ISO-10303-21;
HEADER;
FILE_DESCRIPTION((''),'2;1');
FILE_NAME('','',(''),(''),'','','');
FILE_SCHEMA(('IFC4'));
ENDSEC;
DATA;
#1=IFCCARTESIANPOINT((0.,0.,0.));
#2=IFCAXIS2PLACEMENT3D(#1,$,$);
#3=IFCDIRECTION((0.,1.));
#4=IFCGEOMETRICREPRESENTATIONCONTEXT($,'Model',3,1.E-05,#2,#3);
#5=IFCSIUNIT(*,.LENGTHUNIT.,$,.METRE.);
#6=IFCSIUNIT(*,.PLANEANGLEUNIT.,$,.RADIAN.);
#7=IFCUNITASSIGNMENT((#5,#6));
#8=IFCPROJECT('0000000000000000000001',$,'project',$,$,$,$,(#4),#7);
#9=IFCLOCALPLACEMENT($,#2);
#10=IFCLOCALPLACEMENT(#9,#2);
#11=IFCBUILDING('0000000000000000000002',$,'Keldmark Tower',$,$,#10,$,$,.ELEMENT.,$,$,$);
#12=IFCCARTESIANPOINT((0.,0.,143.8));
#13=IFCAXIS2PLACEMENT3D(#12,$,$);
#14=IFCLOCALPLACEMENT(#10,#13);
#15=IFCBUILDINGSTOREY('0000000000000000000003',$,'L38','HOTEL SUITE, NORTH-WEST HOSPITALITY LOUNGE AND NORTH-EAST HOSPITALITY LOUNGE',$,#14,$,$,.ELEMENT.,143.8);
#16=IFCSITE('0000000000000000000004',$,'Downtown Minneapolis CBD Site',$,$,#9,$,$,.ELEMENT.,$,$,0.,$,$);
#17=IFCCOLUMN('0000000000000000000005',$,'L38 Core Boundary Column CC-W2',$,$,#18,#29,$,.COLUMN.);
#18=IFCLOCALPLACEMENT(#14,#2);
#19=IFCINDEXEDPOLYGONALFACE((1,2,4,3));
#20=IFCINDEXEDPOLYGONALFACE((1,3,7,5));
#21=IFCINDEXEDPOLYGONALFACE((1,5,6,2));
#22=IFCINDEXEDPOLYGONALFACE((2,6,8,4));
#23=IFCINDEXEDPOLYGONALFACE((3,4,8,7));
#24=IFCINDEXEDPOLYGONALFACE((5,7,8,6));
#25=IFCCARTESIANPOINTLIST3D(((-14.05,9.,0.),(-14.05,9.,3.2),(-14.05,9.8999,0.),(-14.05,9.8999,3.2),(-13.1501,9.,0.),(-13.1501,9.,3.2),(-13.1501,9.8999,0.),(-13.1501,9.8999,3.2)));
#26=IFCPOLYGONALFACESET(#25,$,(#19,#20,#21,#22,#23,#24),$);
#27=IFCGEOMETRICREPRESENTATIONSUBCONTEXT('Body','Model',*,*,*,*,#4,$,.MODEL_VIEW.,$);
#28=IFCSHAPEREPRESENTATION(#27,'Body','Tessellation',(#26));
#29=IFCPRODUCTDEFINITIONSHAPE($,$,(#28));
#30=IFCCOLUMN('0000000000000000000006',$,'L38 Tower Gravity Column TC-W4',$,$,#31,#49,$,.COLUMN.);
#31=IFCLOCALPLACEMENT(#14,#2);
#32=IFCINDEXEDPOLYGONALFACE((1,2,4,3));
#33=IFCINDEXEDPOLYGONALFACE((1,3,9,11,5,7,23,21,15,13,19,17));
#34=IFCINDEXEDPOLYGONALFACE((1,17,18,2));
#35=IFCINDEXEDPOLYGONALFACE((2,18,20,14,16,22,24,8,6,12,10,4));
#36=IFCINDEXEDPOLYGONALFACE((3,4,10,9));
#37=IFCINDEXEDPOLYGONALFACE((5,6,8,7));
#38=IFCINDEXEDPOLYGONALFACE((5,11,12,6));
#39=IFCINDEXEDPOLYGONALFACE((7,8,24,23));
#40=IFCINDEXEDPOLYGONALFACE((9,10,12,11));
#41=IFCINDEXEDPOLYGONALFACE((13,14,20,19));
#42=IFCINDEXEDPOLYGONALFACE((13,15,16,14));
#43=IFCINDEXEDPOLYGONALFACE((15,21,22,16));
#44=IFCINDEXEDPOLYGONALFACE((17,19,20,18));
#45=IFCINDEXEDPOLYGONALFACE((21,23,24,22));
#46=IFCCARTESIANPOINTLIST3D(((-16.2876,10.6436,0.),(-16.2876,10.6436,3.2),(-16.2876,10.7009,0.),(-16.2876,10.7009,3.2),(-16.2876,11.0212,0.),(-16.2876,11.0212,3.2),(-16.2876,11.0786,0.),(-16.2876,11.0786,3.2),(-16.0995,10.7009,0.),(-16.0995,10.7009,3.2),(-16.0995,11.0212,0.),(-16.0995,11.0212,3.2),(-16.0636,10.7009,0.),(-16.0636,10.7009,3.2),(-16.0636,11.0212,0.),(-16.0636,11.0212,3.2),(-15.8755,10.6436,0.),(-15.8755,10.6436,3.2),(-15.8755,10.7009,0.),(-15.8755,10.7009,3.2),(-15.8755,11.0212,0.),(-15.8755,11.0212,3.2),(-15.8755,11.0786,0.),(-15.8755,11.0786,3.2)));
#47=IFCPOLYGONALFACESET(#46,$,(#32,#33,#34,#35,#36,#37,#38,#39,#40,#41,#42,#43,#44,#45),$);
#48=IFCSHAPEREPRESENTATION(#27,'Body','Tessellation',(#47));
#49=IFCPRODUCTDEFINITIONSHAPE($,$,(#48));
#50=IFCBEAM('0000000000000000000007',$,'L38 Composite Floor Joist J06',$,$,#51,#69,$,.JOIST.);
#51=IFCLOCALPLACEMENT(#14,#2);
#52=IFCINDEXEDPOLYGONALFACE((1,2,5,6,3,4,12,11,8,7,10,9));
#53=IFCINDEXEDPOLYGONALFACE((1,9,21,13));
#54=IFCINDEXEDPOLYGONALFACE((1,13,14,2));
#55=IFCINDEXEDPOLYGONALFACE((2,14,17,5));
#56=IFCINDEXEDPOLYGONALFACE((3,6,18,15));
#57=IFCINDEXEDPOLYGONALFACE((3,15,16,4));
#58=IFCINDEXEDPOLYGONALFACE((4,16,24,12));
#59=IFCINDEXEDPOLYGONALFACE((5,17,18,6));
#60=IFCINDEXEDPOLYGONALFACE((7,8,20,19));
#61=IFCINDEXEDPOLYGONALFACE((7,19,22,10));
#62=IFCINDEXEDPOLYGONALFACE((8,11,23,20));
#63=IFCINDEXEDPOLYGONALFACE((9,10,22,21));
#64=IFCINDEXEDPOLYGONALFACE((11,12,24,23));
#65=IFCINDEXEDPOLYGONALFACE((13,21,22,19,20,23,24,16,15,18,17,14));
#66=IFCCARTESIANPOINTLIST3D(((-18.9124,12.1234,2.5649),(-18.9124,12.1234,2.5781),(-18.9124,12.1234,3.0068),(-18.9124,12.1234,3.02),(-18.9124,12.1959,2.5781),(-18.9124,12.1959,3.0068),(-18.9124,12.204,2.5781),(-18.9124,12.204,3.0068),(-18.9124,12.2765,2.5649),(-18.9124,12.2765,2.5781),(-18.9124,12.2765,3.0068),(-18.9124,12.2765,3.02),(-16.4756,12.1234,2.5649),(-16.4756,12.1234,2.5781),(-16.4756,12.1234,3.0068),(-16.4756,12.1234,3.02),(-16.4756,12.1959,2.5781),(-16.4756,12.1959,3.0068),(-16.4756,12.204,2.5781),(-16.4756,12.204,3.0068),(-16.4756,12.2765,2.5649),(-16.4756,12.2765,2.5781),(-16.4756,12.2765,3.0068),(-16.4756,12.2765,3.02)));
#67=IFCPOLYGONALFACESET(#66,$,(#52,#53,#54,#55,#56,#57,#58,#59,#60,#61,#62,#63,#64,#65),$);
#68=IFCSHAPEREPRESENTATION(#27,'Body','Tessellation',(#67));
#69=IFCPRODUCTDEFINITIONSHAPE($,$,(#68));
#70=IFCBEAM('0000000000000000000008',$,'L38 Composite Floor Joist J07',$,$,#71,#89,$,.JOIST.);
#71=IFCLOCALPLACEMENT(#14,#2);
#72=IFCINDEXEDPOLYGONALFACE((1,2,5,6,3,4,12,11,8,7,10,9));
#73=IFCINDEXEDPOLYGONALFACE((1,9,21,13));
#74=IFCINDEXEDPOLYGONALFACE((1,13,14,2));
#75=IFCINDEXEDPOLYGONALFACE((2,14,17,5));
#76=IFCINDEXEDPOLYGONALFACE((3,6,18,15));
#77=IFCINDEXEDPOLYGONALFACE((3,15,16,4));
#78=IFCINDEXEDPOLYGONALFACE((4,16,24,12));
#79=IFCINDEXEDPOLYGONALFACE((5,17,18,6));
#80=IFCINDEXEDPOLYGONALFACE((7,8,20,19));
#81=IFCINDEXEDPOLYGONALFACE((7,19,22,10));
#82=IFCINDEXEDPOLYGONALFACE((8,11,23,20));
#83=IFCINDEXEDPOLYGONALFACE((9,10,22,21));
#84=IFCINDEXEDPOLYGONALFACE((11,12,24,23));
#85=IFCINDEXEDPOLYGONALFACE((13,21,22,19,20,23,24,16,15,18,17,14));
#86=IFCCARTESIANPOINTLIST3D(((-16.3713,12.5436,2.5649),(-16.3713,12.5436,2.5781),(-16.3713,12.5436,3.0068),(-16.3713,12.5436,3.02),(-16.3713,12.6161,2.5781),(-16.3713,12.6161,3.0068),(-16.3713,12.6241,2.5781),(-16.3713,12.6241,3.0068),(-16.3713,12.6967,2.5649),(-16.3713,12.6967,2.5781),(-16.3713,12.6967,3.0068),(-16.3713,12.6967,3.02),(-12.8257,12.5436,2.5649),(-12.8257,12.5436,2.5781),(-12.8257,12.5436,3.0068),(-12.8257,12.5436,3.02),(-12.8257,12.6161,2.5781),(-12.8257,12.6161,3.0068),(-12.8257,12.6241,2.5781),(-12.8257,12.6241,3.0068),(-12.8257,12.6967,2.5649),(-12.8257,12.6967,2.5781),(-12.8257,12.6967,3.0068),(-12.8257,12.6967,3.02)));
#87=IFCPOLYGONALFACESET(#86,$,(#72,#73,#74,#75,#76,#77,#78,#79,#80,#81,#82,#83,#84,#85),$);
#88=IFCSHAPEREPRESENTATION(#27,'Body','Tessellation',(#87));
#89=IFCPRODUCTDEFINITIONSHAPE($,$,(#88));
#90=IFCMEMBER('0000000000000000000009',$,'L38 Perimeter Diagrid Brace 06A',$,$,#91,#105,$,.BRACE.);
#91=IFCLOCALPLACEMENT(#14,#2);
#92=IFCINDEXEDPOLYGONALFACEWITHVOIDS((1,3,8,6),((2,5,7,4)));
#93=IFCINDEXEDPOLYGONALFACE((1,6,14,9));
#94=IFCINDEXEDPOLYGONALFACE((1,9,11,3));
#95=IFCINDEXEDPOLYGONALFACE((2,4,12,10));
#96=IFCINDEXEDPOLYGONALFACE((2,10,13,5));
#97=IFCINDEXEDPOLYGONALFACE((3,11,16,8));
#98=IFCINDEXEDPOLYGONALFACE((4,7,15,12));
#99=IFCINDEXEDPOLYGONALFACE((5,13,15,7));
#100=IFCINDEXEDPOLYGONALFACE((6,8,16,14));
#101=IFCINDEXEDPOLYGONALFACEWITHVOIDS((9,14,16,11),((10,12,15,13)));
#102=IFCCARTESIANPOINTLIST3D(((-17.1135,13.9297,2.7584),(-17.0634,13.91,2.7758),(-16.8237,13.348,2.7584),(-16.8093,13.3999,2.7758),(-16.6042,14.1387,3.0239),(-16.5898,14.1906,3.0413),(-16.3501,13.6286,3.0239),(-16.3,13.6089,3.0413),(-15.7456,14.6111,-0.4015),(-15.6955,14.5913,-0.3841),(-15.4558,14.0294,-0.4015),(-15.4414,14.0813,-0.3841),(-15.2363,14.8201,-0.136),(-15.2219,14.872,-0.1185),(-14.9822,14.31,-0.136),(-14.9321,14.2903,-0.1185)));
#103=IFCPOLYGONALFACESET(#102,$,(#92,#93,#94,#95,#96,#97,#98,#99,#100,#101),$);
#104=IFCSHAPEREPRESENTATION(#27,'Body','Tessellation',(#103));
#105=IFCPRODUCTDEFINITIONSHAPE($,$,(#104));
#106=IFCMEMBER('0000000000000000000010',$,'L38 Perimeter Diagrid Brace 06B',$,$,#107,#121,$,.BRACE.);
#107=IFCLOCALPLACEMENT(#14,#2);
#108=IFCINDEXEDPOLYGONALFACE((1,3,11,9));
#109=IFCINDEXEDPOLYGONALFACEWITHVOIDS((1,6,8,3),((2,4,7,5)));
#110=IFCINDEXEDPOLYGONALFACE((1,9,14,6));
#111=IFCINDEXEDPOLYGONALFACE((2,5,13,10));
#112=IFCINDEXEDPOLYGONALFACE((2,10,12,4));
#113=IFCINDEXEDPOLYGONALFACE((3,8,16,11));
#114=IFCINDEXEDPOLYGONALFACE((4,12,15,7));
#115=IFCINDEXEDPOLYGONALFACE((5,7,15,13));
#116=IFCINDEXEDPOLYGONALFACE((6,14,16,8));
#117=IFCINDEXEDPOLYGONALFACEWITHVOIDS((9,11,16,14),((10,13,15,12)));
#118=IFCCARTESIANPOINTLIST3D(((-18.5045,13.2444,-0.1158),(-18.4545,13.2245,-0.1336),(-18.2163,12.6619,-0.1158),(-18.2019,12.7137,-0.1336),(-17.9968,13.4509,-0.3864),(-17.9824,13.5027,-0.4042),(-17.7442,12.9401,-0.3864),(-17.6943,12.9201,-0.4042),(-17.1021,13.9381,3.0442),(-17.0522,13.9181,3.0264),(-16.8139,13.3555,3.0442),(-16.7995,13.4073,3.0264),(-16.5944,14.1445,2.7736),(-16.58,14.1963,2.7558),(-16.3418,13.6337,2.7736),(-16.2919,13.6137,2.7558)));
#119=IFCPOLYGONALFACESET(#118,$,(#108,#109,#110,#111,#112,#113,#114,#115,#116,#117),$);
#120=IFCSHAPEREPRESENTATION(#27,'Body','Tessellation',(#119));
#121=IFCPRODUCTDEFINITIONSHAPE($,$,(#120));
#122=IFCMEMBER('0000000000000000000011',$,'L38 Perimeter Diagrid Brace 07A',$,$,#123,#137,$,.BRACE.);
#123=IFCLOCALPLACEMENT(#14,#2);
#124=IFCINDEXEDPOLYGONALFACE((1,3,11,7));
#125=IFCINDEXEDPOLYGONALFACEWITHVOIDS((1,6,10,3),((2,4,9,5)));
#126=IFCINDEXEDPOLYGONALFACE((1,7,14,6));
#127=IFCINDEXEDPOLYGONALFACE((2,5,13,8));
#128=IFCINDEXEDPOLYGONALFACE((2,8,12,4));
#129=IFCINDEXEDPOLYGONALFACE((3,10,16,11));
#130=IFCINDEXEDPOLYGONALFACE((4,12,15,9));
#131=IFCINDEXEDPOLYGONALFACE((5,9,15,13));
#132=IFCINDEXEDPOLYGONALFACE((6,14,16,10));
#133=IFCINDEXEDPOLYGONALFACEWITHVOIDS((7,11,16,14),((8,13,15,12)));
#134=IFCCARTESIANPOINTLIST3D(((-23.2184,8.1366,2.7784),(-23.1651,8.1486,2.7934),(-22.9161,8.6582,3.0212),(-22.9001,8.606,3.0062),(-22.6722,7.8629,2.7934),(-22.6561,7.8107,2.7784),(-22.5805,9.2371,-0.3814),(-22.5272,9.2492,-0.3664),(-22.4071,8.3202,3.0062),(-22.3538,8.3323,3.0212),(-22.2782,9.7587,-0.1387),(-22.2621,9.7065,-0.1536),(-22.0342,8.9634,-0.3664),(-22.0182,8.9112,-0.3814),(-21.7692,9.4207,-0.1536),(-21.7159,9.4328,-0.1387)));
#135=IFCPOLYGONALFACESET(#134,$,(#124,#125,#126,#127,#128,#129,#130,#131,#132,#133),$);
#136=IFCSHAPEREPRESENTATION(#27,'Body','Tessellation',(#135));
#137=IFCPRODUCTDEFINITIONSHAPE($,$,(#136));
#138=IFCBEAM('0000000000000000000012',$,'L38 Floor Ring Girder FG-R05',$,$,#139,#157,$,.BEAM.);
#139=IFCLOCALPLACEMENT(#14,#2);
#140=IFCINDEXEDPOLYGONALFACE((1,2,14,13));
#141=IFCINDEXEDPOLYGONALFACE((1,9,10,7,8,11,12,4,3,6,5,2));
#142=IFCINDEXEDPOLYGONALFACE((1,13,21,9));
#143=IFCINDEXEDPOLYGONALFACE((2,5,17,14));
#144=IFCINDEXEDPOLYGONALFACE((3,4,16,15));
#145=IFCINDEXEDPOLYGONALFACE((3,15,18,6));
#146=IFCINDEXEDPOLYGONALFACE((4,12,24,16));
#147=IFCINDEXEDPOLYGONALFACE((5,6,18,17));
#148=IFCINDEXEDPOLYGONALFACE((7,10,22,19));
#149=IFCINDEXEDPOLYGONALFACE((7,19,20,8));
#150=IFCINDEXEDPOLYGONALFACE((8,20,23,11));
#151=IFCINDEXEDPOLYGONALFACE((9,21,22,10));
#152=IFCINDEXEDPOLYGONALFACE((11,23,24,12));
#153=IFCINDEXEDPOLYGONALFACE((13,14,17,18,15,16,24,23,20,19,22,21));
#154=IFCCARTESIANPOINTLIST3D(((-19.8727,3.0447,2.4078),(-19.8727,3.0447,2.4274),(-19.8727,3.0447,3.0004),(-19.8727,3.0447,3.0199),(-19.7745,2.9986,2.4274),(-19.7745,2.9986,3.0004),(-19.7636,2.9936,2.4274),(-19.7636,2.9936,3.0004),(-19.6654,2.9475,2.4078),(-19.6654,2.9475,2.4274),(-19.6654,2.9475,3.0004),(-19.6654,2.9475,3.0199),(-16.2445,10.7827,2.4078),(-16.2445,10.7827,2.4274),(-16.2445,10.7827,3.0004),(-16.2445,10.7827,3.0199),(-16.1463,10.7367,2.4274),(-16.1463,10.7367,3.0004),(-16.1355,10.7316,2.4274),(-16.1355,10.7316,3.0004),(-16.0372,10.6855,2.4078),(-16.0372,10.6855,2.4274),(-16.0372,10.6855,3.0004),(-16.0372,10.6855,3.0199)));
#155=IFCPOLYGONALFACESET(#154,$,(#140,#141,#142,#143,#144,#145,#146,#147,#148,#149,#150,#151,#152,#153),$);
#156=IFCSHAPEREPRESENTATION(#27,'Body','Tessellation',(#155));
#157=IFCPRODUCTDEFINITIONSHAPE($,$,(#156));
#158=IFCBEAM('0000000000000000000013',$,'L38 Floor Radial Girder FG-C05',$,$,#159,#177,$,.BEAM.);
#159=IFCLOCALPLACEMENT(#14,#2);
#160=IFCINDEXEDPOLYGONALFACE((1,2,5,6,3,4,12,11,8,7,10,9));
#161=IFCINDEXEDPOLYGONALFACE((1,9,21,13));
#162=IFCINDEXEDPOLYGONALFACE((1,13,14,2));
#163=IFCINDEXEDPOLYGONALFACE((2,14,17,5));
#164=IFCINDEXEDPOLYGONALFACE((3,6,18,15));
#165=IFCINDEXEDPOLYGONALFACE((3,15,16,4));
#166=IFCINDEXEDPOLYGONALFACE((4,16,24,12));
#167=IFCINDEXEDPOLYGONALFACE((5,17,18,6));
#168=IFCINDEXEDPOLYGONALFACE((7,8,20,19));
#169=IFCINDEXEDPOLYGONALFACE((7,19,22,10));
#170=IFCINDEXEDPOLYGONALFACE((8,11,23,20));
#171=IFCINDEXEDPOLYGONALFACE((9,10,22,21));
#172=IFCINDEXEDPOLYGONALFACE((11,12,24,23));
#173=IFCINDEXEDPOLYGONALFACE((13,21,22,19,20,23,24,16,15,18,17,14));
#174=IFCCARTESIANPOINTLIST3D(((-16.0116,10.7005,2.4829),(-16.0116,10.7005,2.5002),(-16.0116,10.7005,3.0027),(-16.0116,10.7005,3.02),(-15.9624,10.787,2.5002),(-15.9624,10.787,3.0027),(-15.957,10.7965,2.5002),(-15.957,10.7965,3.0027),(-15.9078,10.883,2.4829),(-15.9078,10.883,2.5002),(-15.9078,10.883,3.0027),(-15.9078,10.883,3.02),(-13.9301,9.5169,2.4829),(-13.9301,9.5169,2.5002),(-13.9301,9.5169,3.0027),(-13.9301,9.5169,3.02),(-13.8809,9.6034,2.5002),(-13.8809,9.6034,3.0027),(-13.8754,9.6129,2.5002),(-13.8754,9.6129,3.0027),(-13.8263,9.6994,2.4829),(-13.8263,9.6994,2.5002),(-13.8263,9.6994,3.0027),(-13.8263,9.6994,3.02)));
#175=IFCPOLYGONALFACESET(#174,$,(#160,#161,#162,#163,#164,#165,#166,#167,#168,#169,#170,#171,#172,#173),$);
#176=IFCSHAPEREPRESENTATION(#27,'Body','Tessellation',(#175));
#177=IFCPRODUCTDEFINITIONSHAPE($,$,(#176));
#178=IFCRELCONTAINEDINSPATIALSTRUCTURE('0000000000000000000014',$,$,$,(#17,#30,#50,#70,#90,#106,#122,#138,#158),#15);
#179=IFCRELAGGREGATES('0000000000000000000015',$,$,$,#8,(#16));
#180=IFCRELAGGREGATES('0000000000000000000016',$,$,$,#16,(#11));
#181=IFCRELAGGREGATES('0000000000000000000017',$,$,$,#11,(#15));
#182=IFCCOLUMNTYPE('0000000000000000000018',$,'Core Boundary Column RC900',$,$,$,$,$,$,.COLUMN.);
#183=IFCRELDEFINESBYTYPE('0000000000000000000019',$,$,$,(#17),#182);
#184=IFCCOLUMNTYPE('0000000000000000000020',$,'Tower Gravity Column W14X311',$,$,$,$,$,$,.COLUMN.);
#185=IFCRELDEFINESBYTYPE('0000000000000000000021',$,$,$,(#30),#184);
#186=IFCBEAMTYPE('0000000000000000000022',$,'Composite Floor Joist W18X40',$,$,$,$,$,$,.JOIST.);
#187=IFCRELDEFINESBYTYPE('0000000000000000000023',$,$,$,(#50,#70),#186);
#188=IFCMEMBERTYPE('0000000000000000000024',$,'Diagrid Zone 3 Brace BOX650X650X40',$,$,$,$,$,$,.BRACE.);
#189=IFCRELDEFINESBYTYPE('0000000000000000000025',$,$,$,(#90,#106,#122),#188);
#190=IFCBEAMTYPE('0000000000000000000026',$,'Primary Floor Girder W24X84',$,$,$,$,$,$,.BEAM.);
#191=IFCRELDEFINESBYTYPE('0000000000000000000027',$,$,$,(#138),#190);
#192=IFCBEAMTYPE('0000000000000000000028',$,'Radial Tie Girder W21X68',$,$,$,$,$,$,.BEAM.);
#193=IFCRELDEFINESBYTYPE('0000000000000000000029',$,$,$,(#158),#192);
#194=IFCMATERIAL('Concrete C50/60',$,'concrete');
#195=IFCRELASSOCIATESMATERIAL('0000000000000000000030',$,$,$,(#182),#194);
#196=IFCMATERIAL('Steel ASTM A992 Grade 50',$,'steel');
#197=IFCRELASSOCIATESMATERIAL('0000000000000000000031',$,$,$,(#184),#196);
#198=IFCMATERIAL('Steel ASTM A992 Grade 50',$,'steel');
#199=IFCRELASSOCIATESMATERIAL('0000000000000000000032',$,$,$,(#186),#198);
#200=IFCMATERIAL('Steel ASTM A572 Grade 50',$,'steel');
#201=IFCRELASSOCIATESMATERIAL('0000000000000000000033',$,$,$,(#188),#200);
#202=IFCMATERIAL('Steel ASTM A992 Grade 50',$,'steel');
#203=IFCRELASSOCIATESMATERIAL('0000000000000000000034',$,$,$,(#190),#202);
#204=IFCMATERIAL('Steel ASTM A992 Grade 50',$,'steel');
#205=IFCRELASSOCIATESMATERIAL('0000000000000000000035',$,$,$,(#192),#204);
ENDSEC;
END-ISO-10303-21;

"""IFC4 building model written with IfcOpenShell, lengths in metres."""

from ifc_helpers import new_model, si_unit, direction, frame, origin, origin_2d, place, context, subcontext, project, spatial, rectangle, hollow_rectangle, i_section, extrude, material, material_profile, profile_set, type_object, element, save


model = new_model("IFC4")

# Units and contexts
model_context = context("Model", 3, precision=1e-05, world=origin(), true_north=direction((0.0, 1.0)))
body_context = subcontext(model_context, "Body", "Model", "MODEL_VIEW")
ifc_project = project(units=[si_unit("LENGTHUNIT", "METRE"), si_unit("PLANEANGLEUNIT", "RADIAN")], contexts=[model_context])

# Site, building, storey
site_placement = place(None, origin())
site = spatial("IfcSite", under=ifc_project, at=site_placement, Name="Downtown Minneapolis CBD Site", CompositionType="ELEMENT", RefElevation=0.0)
building_placement = place(site_placement, origin())
building = spatial("IfcBuilding", under=site, at=building_placement, Name="Keldmark Tower", CompositionType="ELEMENT")
storey_placement = place(building_placement, frame((0.0, 0.0, 143.8)))
storey = spatial("IfcBuildingStorey", under=building, at=storey_placement, Name="L38", Description="HOTEL SUITE, NORTH-WEST HOSPITALITY LOUNGE AND NORTH-EAST HOSPITALITY LOUNGE", CompositionType="ELEMENT", Elevation=143.8)

# Columns
ifc_material_1 = material(Name="Concrete C50/60", Category="concrete")
ifc_material_profile_1 = material_profile(ifc_material_1, rectangle(XDim=0.8999, YDim=0.8999, at=origin_2d()), Name="RC900X900")
ifc_profile_set_1 = profile_set([ifc_material_profile_1], Name="Concrete C50/60")
column_type_1 = type_object("IfcColumnType", Name="Core Boundary Column RC900", PredefinedType="COLUMN", material=ifc_profile_set_1)
column_1_placement = place(storey_placement, frame((-13.6001, 9.45, 0.0), z_axis=(0.0, 0.0, 1.0), x_axis=(1.0, 0.0, 0.0)))
element("IfcColumn", 1, at=column_1_placement, inside=storey, type_object=column_type_1, Name="L38 Core Boundary Column CC-W2", PredefinedType="COLUMN", context=body_context, shape_type="SweptSolid", body=[
    extrude(rectangle(XDim=0.8999, YDim=0.8999, at=origin_2d()), origin(), (0.0, 0.0, 1.0), 3.2),
])
ifc_material_2 = material(Name="Steel ASTM A992 Grade 50", Category="steel")
ifc_material_profile_2 = material_profile(ifc_material_2, i_section(OverallWidth=0.4121, OverallDepth=0.4351, WebThickness=0.0359, FlangeThickness=0.0574, at=origin_2d()), Name="W14X311")
ifc_profile_set_2 = profile_set([ifc_material_profile_2], Name="Steel ASTM A992 Grade 50")
column_type_2 = type_object("IfcColumnType", Name="Tower Gravity Column W14X311", PredefinedType="COLUMN", material=ifc_profile_set_2)
column_2_placement = place(storey_placement, frame((-16.0815, 10.8611, 0.0), z_axis=(0.0, 0.0, 1.0), x_axis=(1.0, 0.0, 0.0)))
element("IfcColumn", 2, at=column_2_placement, inside=storey, type_object=column_type_2, Name="L38 Tower Gravity Column TC-W4", PredefinedType="COLUMN", context=body_context, shape_type="SweptSolid", body=[
    extrude(i_section(OverallWidth=0.4121, OverallDepth=0.4351, WebThickness=0.0359, FlangeThickness=0.0574, at=origin_2d()), origin(), (0.0, 0.0, 1.0), 3.2),
])

# Beams
ifc_material_3 = material(Name="Steel ASTM A992 Grade 50", Category="steel")
ifc_material_profile_3 = material_profile(ifc_material_3, i_section(OverallWidth=0.1531, OverallDepth=0.4551, WebThickness=0.0081, FlangeThickness=0.0132, at=origin_2d()), Name="W18X40")
ifc_profile_set_3 = profile_set([ifc_material_profile_3], Name="Steel ASTM A992 Grade 50")
beam_type_1 = type_object("IfcBeamType", Name="Composite Floor Joist W18X40", PredefinedType="JOIST", material=ifc_profile_set_3)
beam_1_placement = place(storey_placement, frame((-18.9124, 12.2, 2.7925), z_axis=(1.0, 0.0, 0.0), x_axis=(0.0, 1.0, 0.0)))
element("IfcBeam", 3, at=beam_1_placement, inside=storey, type_object=beam_type_1, Name="L38 Composite Floor Joist J06", PredefinedType="JOIST", context=body_context, shape_type="SweptSolid", body=[
    extrude(i_section(OverallWidth=0.1531, OverallDepth=0.4551, WebThickness=0.0081, FlangeThickness=0.0132, at=origin_2d()), origin(), (0.0, 0.0, 1.0), 2.4368),
])
beam_2_placement = place(storey_placement, frame((-16.3713, 12.6201, 2.7925), z_axis=(1.0, 0.0, 0.0), x_axis=(0.0, 1.0, 0.0)))
element("IfcBeam", 4, at=beam_2_placement, inside=storey, type_object=beam_type_1, Name="L38 Composite Floor Joist J07", PredefinedType="JOIST", context=body_context, shape_type="SweptSolid", body=[
    extrude(i_section(OverallWidth=0.1531, OverallDepth=0.4551, WebThickness=0.0081, FlangeThickness=0.0132, at=origin_2d()), origin(), (0.0, 0.0, 1.0), 3.5457),
])

# Members
ifc_material_4 = material(Name="Steel ASTM A572 Grade 50", Category="steel")
ifc_material_profile_4 = material_profile(ifc_material_4, hollow_rectangle(XDim=0.6499, YDim=0.6499, WallThickness=0.04, at=origin_2d()), Name="BOX650X650X40")
ifc_profile_set_4 = profile_set([ifc_material_profile_4], Name="Steel ASTM A572 Grade 50")
member_type = type_object("IfcMemberType", Name="Diagrid Zone 3 Brace BOX650X650X40", PredefinedType="BRACE", material=ifc_profile_set_4)
member_1_placement = place(storey_placement, frame((-15.3389, 14.4507, -0.26), z_axis=(-0.389714, -0.194127, 0.900243), x_axis=(0.445871, -0.895097, 0.0)))
element("IfcMember", 5, at=member_1_placement, inside=storey, type_object=member_type, Name="L38 Perimeter Diagrid Brace 06A", PredefinedType="BRACE", context=body_context, shape_type="SweptSolid", body=[
    extrude(hollow_rectangle(XDim=0.6499, YDim=0.6499, WallThickness=0.04, at=origin_2d()), origin(), (0.0, 0.0, 1.0), 3.51),
])
member_2_placement = place(storey_placement, frame((-18.0994, 13.0823, -0.26), z_axis=(0.397715, 0.196711, 0.896174), x_axis=(-0.443339, 0.896354, 0.0)))
element("IfcMember", 6, at=member_2_placement, inside=storey, type_object=member_type, Name="L38 Perimeter Diagrid Brace 06B", PredefinedType="BRACE", context=body_context, shape_type="SweptSolid", body=[
    extrude(hollow_rectangle(XDim=0.6499, YDim=0.6499, WallThickness=0.04, at=origin_2d()), origin(), (0.0, 0.0, 1.0), 3.5261),
])
member_3_placement = place(storey_placement, frame((-22.1482, 9.335, -0.26), z_axis=(-0.187279, -0.323097, 0.92765), x_axis=(0.865168, -0.501483, 0.0)))
element("IfcMember", 7, at=member_3_placement, inside=storey, type_object=member_type, Name="L38 Perimeter Diagrid Brace 07A", PredefinedType="BRACE", context=body_context, shape_type="SweptSolid", body=[
    extrude(hollow_rectangle(XDim=0.6499, YDim=0.6499, WallThickness=0.04, at=origin_2d()), origin(), (0.0, 0.0, 1.0), 3.4062),
])

# Beams
ifc_material_5 = material(Name="Steel ASTM A992 Grade 50", Category="steel")
ifc_material_profile_5 = material_profile(ifc_material_5, i_section(OverallWidth=0.229, OverallDepth=0.6121, WebThickness=0.012, FlangeThickness=0.0195, at=origin_2d()), Name="W24X84")
ifc_profile_set_5 = profile_set([ifc_material_profile_5], Name="Steel ASTM A992 Grade 50")
beam_type_2 = type_object("IfcBeamType", Name="Primary Floor Girder W24X84", PredefinedType="BEAM", material=ifc_profile_set_5)
beam_3_placement = place(storey_placement, frame((-16.1409, 10.7341, 2.7139), z_axis=(-0.424527, -0.905415, 0.0), x_axis=(0.905415, -0.424527, 0.0)))
element("IfcBeam", 8, at=beam_3_placement, inside=storey, type_object=beam_type_2, Name="L38 Floor Ring Girder FG-R05", PredefinedType="BEAM", context=body_context, shape_type="SweptSolid", body=[
    extrude(i_section(OverallWidth=0.229, OverallDepth=0.6121, WebThickness=0.012, FlangeThickness=0.0195, at=origin_2d()), origin(), (0.0, 0.0, 1.0), 8.5464),
])
ifc_material_6 = material(Name="Steel ASTM A992 Grade 50", Category="steel")
ifc_material_profile_6 = material_profile(ifc_material_6, i_section(OverallWidth=0.21, OverallDepth=0.5371, WebThickness=0.011, FlangeThickness=0.0173, at=origin_2d()), Name="W21X68")
ifc_profile_set_6 = profile_set([ifc_material_profile_6], Name="Steel ASTM A992 Grade 50")
beam_type_3 = type_object("IfcBeamType", Name="Radial Tie Girder W21X68", PredefinedType="BEAM", material=ifc_profile_set_6)
beam_4_placement = place(storey_placement, frame((-15.9597, 10.7917, 2.7515), z_axis=(0.869295, -0.494293, 0.0), x_axis=(0.494293, 0.869295, 0.0)))
element("IfcBeam", 9, at=beam_4_placement, inside=storey, type_object=beam_type_3, Name="L38 Floor Radial Girder FG-C05", PredefinedType="BEAM", context=body_context, shape_type="SweptSolid", body=[
    extrude(i_section(OverallWidth=0.21, OverallDepth=0.5371, WebThickness=0.011, FlangeThickness=0.0173, at=origin_2d()), origin(), (0.0, 0.0, 1.0), 2.3945),
])

save(model, "model.ifc")
